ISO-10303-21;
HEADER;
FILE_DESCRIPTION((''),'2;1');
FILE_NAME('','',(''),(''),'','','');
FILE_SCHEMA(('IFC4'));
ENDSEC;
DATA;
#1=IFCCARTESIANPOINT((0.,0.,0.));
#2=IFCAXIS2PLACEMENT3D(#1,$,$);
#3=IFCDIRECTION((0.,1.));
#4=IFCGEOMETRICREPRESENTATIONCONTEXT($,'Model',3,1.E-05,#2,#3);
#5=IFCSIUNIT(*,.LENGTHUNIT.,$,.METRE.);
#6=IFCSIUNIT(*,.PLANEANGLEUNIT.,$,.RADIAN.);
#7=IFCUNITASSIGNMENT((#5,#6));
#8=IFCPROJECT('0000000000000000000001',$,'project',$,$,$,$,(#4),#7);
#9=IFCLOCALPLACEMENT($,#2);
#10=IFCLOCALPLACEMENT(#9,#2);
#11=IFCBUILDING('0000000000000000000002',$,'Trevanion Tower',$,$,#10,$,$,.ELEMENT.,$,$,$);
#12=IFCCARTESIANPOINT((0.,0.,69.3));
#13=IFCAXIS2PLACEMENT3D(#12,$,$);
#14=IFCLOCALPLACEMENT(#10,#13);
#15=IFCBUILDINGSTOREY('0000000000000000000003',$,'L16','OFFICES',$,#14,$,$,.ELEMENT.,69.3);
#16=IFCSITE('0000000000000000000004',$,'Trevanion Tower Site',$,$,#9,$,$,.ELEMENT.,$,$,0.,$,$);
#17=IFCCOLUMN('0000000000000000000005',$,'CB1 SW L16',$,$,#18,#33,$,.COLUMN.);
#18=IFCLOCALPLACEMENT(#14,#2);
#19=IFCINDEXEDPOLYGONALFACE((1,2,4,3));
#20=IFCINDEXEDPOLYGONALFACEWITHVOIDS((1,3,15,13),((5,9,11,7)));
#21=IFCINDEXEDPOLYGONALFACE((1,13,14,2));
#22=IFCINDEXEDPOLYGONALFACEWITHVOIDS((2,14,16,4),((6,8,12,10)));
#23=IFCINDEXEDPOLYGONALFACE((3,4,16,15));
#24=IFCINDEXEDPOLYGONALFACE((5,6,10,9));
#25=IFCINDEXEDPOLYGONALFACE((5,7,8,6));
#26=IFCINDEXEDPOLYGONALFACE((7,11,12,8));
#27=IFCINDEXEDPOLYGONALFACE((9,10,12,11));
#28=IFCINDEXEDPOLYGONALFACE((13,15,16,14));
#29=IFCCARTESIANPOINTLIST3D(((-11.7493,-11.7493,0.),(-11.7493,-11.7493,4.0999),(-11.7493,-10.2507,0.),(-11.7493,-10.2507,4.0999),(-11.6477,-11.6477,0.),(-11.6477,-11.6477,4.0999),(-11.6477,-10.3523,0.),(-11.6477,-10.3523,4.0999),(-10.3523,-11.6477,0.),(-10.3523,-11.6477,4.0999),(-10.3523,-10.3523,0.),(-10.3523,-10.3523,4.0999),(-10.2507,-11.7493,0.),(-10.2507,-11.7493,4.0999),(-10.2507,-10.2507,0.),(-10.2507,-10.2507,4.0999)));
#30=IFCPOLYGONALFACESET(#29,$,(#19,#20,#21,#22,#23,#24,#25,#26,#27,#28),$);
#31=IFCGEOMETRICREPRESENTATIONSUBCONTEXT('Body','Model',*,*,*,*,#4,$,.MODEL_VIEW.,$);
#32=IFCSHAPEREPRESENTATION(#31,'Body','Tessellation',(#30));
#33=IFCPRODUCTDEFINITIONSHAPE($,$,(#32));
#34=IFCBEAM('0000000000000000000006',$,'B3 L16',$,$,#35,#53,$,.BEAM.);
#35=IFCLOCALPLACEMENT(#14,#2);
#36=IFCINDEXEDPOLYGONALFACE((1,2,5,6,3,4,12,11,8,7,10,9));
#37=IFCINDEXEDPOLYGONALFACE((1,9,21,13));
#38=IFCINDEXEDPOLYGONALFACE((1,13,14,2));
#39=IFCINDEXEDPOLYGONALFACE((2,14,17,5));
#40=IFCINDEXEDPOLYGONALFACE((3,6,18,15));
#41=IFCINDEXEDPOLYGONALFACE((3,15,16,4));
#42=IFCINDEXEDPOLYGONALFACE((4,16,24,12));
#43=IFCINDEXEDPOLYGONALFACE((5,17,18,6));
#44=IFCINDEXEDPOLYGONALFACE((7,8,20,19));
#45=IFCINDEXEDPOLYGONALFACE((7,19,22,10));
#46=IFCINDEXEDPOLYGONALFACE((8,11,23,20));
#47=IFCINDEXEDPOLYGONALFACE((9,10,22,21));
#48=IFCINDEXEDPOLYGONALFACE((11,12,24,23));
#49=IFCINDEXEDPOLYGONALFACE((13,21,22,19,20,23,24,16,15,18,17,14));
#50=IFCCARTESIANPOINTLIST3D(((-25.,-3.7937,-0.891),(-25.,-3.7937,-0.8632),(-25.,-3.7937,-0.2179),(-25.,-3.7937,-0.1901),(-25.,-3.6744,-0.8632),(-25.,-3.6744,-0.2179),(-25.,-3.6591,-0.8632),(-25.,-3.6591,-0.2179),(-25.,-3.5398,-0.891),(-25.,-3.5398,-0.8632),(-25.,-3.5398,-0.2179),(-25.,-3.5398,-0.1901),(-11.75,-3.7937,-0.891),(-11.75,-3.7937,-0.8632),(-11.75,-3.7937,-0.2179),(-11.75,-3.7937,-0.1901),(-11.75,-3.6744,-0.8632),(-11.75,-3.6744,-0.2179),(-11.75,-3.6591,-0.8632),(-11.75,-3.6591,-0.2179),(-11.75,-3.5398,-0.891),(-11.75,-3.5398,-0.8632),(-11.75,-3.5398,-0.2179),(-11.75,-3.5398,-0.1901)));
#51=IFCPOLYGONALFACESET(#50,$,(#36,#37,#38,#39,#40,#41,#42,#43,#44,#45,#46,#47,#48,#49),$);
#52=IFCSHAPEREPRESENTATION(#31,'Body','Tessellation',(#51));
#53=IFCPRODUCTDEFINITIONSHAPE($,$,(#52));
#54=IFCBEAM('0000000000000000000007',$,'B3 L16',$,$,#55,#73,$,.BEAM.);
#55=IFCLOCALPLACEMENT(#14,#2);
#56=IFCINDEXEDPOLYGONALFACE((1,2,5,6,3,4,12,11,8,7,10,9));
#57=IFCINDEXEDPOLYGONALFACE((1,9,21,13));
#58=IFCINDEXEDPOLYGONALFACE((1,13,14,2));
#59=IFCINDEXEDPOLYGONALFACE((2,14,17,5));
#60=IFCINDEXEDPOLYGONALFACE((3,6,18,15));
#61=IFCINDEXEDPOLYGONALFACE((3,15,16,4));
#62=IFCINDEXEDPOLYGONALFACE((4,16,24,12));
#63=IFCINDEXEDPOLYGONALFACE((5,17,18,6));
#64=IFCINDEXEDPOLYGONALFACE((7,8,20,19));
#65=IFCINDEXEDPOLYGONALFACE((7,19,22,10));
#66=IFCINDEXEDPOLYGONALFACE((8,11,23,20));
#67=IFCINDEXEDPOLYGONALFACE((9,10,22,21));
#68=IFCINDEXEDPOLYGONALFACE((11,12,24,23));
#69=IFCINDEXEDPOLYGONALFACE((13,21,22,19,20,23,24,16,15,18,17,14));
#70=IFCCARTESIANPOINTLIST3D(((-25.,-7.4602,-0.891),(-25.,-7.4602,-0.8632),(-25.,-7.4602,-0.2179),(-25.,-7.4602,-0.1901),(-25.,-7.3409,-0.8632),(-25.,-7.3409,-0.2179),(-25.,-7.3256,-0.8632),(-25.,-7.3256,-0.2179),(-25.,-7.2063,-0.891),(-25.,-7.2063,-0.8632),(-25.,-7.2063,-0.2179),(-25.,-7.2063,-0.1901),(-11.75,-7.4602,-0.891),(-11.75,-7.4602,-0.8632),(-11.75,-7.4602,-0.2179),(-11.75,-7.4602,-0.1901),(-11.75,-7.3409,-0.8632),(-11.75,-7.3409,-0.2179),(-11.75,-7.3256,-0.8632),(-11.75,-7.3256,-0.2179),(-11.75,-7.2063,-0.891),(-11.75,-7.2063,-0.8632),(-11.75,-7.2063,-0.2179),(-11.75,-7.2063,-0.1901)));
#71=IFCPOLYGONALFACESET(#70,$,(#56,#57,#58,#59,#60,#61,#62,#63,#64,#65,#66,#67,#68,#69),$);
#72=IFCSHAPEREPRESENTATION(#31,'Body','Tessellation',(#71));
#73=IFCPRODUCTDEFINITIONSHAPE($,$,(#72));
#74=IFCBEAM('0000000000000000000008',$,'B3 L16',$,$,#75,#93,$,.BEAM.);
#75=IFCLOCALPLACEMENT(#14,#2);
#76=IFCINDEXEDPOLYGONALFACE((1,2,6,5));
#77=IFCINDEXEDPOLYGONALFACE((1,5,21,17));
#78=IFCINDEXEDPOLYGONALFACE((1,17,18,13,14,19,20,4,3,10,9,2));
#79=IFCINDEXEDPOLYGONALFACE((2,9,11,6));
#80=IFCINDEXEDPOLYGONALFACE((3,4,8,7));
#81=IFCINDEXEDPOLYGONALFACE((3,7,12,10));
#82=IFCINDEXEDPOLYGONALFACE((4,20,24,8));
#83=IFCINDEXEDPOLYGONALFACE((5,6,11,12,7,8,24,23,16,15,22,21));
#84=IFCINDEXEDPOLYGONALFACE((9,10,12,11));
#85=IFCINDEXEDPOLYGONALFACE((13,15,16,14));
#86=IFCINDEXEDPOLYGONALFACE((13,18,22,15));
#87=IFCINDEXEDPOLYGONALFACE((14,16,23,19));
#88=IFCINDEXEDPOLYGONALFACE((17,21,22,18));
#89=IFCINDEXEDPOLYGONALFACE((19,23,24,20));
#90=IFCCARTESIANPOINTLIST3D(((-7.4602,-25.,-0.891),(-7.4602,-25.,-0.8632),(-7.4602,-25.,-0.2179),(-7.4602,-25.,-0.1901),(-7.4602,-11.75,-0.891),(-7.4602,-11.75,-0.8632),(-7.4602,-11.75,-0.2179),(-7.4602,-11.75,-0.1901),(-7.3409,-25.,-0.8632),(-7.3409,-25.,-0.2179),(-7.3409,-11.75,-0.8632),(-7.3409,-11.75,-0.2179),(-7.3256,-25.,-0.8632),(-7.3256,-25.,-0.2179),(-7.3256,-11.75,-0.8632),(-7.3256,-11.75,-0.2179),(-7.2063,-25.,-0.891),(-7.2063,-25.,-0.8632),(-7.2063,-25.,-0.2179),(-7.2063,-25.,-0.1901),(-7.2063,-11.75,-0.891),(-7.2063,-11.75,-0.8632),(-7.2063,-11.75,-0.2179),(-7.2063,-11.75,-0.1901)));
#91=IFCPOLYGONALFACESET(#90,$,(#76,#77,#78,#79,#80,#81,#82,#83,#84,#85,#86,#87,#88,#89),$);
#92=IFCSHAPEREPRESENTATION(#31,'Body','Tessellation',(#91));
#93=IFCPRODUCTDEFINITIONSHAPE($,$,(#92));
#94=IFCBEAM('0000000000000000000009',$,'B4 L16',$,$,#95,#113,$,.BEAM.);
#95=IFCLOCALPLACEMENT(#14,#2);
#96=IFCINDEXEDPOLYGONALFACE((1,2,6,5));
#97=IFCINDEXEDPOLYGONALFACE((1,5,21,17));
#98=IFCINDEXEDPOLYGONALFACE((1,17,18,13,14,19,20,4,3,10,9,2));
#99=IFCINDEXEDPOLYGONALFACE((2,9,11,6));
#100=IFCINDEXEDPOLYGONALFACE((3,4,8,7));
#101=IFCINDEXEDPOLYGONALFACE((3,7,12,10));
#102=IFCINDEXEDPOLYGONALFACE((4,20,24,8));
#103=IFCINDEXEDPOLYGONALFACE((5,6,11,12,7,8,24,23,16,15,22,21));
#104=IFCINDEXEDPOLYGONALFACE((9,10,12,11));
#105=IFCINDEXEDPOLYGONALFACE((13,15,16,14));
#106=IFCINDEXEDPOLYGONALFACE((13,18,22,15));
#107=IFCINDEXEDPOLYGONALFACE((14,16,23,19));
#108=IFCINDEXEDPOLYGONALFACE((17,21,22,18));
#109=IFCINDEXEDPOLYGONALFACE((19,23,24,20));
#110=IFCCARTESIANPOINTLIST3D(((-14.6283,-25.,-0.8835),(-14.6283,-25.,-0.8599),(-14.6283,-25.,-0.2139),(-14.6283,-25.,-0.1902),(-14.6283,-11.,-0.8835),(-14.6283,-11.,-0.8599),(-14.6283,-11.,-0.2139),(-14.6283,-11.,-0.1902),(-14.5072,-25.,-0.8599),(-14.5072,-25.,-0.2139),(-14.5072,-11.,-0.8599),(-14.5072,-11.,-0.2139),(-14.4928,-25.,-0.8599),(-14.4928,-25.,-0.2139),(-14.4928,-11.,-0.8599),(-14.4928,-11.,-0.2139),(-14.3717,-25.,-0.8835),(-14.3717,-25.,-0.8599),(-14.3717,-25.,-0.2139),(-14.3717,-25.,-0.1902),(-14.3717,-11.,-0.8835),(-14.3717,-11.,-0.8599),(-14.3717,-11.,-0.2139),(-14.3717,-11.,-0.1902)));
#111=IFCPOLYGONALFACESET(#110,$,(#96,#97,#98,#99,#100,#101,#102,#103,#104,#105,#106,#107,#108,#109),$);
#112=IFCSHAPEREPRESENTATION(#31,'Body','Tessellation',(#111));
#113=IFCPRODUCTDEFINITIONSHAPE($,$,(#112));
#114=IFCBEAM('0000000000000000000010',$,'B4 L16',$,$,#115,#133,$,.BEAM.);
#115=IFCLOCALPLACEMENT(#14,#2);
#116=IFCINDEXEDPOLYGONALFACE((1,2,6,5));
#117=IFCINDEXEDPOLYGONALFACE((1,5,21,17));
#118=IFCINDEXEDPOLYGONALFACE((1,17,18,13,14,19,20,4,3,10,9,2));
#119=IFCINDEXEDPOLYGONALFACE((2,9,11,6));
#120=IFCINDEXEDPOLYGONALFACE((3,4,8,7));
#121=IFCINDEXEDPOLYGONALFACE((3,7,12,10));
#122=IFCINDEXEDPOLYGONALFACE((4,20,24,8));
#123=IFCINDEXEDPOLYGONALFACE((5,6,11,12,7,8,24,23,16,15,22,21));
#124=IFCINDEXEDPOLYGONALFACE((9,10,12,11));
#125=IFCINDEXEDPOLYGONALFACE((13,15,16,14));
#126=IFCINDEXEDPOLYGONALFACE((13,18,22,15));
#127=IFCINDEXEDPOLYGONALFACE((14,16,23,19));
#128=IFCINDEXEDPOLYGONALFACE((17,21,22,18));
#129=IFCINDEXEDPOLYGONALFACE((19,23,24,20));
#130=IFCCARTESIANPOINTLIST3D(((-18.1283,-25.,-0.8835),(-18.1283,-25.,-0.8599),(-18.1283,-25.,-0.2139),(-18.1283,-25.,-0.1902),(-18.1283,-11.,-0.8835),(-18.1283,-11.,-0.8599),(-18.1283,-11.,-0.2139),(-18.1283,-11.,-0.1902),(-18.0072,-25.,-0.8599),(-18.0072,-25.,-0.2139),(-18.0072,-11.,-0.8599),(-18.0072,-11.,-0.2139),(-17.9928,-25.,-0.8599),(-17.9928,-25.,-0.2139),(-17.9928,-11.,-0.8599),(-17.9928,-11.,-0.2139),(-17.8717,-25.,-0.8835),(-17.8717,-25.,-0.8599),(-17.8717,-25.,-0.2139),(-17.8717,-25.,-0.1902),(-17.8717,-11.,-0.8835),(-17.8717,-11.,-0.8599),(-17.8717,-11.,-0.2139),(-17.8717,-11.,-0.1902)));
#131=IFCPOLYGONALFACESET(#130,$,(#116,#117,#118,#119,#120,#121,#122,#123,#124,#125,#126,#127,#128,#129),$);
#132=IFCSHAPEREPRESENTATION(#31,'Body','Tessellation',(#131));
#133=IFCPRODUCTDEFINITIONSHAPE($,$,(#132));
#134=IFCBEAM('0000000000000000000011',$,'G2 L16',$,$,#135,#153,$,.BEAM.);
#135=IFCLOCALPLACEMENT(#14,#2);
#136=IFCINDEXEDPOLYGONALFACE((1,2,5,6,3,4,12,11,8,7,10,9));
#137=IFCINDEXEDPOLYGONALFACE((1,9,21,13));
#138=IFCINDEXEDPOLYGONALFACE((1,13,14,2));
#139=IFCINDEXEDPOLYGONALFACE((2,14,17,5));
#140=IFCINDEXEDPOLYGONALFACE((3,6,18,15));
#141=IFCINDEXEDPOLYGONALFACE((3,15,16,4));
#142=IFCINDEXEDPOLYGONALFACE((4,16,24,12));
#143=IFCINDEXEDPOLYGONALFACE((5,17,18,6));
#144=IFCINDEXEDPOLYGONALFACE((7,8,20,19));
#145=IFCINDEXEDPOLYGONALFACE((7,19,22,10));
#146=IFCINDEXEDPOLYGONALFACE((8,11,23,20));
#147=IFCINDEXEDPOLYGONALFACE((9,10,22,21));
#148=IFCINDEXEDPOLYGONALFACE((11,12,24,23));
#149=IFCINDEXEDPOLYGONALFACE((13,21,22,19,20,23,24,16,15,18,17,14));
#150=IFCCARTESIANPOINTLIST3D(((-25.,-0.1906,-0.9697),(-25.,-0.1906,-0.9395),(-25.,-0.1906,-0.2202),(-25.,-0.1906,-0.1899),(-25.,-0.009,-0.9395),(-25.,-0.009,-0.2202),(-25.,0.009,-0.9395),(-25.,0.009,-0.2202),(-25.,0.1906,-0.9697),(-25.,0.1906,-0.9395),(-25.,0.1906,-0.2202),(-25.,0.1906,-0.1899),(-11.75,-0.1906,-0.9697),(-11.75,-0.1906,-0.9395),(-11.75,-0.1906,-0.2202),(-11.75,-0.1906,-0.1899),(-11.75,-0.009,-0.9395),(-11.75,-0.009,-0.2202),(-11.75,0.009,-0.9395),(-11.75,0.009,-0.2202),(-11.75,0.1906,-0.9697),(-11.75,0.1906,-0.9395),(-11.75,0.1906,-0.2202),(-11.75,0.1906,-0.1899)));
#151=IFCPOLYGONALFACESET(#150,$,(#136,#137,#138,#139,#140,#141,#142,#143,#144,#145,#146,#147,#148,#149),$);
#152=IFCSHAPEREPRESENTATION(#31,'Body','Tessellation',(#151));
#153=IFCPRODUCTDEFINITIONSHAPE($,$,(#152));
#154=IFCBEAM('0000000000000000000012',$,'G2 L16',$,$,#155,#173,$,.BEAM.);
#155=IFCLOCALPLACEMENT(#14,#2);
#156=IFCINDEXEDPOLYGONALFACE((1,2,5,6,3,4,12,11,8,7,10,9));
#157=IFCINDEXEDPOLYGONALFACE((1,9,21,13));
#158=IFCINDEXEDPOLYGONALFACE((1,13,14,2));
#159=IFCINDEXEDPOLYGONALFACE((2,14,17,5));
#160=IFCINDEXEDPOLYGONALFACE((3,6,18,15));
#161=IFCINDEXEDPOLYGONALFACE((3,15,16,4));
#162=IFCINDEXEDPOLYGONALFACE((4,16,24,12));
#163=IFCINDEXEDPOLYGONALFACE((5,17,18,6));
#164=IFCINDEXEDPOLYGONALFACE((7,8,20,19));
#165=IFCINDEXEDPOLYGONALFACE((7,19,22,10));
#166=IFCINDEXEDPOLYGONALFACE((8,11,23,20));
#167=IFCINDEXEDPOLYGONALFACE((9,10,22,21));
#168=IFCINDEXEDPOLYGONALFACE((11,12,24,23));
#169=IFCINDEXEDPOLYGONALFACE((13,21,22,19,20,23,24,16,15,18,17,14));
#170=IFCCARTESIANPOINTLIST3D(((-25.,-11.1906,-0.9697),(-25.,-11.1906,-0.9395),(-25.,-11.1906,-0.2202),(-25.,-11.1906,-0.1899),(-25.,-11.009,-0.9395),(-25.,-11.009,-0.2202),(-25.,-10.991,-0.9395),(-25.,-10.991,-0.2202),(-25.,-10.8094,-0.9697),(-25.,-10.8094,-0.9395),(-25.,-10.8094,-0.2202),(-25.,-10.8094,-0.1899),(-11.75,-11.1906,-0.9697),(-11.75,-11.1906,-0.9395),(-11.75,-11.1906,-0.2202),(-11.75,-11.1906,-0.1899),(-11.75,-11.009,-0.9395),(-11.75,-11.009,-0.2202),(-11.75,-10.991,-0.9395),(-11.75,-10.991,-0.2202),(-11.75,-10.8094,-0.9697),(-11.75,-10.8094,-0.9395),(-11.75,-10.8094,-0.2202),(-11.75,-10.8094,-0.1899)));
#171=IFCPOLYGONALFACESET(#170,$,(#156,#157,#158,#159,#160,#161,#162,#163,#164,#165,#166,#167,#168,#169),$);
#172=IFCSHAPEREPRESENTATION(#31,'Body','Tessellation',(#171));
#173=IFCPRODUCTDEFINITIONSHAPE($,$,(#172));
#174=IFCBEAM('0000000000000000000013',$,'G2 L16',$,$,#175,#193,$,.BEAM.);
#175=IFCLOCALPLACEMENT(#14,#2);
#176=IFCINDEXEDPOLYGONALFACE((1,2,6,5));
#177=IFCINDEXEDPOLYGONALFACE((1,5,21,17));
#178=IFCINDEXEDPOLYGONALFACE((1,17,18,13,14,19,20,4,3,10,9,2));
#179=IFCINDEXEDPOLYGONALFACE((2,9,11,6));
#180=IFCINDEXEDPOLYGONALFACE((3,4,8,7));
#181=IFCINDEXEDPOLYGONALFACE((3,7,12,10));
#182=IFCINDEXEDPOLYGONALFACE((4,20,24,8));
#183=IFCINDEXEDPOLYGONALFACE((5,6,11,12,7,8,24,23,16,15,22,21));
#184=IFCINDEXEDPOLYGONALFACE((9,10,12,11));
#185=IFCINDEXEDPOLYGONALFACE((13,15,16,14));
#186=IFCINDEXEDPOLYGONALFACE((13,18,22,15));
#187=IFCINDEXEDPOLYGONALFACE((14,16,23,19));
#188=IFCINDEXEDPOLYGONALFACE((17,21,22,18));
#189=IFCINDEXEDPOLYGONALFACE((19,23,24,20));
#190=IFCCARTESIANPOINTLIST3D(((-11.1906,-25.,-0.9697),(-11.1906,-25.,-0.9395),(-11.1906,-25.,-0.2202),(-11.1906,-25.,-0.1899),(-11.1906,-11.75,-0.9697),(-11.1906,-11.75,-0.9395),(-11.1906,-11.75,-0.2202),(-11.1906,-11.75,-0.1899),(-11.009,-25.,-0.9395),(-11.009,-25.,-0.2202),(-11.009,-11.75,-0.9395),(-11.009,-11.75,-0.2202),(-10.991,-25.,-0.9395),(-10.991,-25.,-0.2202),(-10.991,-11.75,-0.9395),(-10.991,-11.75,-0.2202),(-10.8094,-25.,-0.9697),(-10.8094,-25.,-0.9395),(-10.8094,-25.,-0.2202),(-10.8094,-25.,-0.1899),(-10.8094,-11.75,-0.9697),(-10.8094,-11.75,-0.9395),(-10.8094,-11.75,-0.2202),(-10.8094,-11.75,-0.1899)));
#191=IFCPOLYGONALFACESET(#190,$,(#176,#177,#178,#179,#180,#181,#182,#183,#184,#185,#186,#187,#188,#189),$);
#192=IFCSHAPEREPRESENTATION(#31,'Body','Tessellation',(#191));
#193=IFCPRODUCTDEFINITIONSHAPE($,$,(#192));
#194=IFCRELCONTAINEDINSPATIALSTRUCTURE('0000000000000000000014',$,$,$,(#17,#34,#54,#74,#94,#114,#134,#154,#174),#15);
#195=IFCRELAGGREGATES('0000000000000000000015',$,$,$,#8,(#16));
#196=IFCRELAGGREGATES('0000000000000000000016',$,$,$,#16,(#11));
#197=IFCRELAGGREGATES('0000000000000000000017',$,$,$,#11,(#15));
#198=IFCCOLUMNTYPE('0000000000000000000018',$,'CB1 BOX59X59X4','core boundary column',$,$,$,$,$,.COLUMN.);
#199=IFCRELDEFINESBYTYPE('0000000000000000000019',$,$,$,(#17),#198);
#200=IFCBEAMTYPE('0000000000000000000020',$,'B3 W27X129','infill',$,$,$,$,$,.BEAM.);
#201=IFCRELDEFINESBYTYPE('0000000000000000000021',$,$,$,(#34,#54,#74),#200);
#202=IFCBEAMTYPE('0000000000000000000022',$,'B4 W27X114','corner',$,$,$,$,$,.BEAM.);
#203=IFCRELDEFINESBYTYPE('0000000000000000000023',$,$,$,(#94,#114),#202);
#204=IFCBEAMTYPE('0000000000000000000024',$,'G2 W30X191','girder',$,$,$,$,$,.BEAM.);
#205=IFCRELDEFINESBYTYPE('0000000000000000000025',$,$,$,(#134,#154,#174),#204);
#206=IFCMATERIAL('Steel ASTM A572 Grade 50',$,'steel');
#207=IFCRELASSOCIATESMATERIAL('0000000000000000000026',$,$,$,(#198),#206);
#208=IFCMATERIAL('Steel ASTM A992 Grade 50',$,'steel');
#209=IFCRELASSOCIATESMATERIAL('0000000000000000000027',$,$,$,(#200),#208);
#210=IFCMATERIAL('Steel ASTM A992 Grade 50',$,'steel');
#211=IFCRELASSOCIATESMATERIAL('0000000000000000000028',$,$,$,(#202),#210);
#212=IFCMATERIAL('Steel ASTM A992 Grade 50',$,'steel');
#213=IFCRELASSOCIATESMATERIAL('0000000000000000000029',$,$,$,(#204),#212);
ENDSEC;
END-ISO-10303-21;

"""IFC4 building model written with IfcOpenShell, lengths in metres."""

from ifc_helpers import new_model, si_unit, direction, frame, origin, origin_2d, place, context, subcontext, project, spatial, hollow_rectangle, i_section, extrude, material, material_profile, profile_set, type_object, element, save


model = new_model("IFC4")

# Units and contexts
model_context = context("Model", 3, precision=1e-05, world=origin(), true_north=direction((0.0, 1.0)))
body_context = subcontext(model_context, "Body", "Model", "MODEL_VIEW")
ifc_project = project(units=[si_unit("LENGTHUNIT", "METRE"), si_unit("PLANEANGLEUNIT", "RADIAN")], contexts=[model_context])

# Site, building, storey
site_placement = place(None, origin())
site = spatial("IfcSite", under=ifc_project, at=site_placement, Name="Trevanion Tower Site", CompositionType="ELEMENT", RefElevation=0.0)
building_placement = place(site_placement, origin())
building = spatial("IfcBuilding", under=site, at=building_placement, Name="Trevanion Tower", CompositionType="ELEMENT")
storey_placement = place(building_placement, frame((0.0, 0.0, 69.3)))
storey = spatial("IfcBuildingStorey", under=building, at=storey_placement, Name="L16", Description="OFFICES", CompositionType="ELEMENT", Elevation=69.3)

# Column
ifc_material_1 = material(Name="Steel ASTM A572 Grade 50", Category="steel")
ifc_material_profile_1 = material_profile(ifc_material_1, hollow_rectangle(XDim=1.4985, YDim=1.4985, WallThickness=0.1016, at=origin_2d()), Name="BOX59X59X4")
ifc_profile_set_1 = profile_set([ifc_material_profile_1], Name="Steel ASTM A572 Grade 50")
column_type = type_object("IfcColumnType", Name="CB1 BOX59X59X4", Description="core boundary column", PredefinedType="COLUMN", material=ifc_profile_set_1)
column_placement = place(storey_placement, frame((-11.0, -11.0, 0.0), z_axis=(0.0, 0.0, 1.0), x_axis=(1.0, 0.0, 0.0)))
element("IfcColumn", 1, at=column_placement, inside=storey, type_object=column_type, Name="CB1 SW L16", PredefinedType="COLUMN", context=body_context, shape_type="SweptSolid", body=[
    extrude(hollow_rectangle(XDim=1.4985, YDim=1.4985, WallThickness=0.1016, at=origin_2d()), origin(), (0.0, 0.0, 1.0), 4.0999),
])

# Beams
ifc_material_2 = material(Name="Steel ASTM A992 Grade 50", Category="steel")
ifc_material_profile_2 = material_profile(ifc_material_2, i_section(OverallWidth=0.2539, OverallDepth=0.7009, WebThickness=0.0154, FlangeThickness=0.0278, at=origin_2d()), Name="W27X129")
ifc_profile_set_2 = profile_set([ifc_material_profile_2], Name="Steel ASTM A992 Grade 50")
beam_type_1 = type_object("IfcBeamType", Name="B3 W27X129", Description="infill", PredefinedType="BEAM", material=ifc_profile_set_2)
for number, where, z_axis, x_axis, name in (
    (2, (-11.75, -3.6667, -0.5405), (-1.0, 0.0, 0.0), (0.0, -1.0, 0.0), "B3 L16"),
    (3, (-11.75, -7.3333, -0.5405), (-1.0, 0.0, 0.0), (0.0, -1.0, 0.0), "B3 L16"),
    (4, (-7.3333, -11.75, -0.5405), (0.0, -1.0, 0.0), (1.0, 0.0, 0.0), "B3 L16"),
):
    element("IfcBeam", number, at=place(storey_placement, frame(where, z_axis=z_axis, x_axis=x_axis)), inside=storey, type_object=beam_type_1, Name=name, PredefinedType="BEAM", context=body_context, shape_type="SweptSolid", body=[
        extrude(i_section(OverallWidth=0.2539, OverallDepth=0.7009, WebThickness=0.0154, FlangeThickness=0.0278, at=origin_2d()), origin(), (0.0, 0.0, 1.0), 13.25),
    ])
ifc_material_3 = material(Name="Steel ASTM A992 Grade 50", Category="steel")
ifc_material_profile_3 = material_profile(ifc_material_3, i_section(OverallWidth=0.2566, OverallDepth=0.6934, WebThickness=0.0144, FlangeThickness=0.0237, at=origin_2d()), Name="W27X114")
ifc_profile_set_3 = profile_set([ifc_material_profile_3], Name="Steel ASTM A992 Grade 50")
beam_type_2 = type_object("IfcBeamType", Name="B4 W27X114", Description="corner", PredefinedType="BEAM", material=ifc_profile_set_3)
for number, where, z_axis, x_axis, name in (
    (5, (-14.5, -11.0, -0.5369), (0.0, -1.0, 0.0), (1.0, 0.0, 0.0), "B4 L16"),
    (6, (-18.0, -11.0, -0.5369), (0.0, -1.0, 0.0), (1.0, 0.0, 0.0), "B4 L16"),
):
    element("IfcBeam", number, at=place(storey_placement, frame(where, z_axis=z_axis, x_axis=x_axis)), inside=storey, type_object=beam_type_2, Name=name, PredefinedType="BEAM", context=body_context, shape_type="SweptSolid", body=[
        extrude(i_section(OverallWidth=0.2566, OverallDepth=0.6934, WebThickness=0.0144, FlangeThickness=0.0237, at=origin_2d()), origin(), (0.0, 0.0, 1.0), 14.0),
    ])
ifc_material_4 = material(Name="Steel ASTM A992 Grade 50", Category="steel")
ifc_material_profile_4 = material_profile(ifc_material_4, i_section(OverallWidth=0.3811, OverallDepth=0.7798, WebThickness=0.0181, FlangeThickness=0.0303, at=origin_2d()), Name="W30X191")
ifc_profile_set_4 = profile_set([ifc_material_profile_4], Name="Steel ASTM A992 Grade 50")
beam_type_3 = type_object("IfcBeamType", Name="G2 W30X191", Description="girder", PredefinedType="BEAM", material=ifc_profile_set_4)
for number, where, z_axis, x_axis, name in (
    (7, (-11.75, 0.0, -0.5798), (-1.0, 0.0, 0.0), (0.0, -1.0, 0.0), "G2 L16"),
    (8, (-11.75, -11.0, -0.5798), (-1.0, 0.0, 0.0), (0.0, -1.0, 0.0), "G2 L16"),
    (9, (-11.0, -11.75, -0.5798), (0.0, -1.0, 0.0), (1.0, 0.0, 0.0), "G2 L16"),
):
    element("IfcBeam", number, at=place(storey_placement, frame(where, z_axis=z_axis, x_axis=x_axis)), inside=storey, type_object=beam_type_3, Name=name, PredefinedType="BEAM", context=body_context, shape_type="SweptSolid", body=[
        extrude(i_section(OverallWidth=0.3811, OverallDepth=0.7798, WebThickness=0.0181, FlangeThickness=0.0303, at=origin_2d()), origin(), (0.0, 0.0, 1.0), 13.25),
    ])

save(model, "model.ifc")
